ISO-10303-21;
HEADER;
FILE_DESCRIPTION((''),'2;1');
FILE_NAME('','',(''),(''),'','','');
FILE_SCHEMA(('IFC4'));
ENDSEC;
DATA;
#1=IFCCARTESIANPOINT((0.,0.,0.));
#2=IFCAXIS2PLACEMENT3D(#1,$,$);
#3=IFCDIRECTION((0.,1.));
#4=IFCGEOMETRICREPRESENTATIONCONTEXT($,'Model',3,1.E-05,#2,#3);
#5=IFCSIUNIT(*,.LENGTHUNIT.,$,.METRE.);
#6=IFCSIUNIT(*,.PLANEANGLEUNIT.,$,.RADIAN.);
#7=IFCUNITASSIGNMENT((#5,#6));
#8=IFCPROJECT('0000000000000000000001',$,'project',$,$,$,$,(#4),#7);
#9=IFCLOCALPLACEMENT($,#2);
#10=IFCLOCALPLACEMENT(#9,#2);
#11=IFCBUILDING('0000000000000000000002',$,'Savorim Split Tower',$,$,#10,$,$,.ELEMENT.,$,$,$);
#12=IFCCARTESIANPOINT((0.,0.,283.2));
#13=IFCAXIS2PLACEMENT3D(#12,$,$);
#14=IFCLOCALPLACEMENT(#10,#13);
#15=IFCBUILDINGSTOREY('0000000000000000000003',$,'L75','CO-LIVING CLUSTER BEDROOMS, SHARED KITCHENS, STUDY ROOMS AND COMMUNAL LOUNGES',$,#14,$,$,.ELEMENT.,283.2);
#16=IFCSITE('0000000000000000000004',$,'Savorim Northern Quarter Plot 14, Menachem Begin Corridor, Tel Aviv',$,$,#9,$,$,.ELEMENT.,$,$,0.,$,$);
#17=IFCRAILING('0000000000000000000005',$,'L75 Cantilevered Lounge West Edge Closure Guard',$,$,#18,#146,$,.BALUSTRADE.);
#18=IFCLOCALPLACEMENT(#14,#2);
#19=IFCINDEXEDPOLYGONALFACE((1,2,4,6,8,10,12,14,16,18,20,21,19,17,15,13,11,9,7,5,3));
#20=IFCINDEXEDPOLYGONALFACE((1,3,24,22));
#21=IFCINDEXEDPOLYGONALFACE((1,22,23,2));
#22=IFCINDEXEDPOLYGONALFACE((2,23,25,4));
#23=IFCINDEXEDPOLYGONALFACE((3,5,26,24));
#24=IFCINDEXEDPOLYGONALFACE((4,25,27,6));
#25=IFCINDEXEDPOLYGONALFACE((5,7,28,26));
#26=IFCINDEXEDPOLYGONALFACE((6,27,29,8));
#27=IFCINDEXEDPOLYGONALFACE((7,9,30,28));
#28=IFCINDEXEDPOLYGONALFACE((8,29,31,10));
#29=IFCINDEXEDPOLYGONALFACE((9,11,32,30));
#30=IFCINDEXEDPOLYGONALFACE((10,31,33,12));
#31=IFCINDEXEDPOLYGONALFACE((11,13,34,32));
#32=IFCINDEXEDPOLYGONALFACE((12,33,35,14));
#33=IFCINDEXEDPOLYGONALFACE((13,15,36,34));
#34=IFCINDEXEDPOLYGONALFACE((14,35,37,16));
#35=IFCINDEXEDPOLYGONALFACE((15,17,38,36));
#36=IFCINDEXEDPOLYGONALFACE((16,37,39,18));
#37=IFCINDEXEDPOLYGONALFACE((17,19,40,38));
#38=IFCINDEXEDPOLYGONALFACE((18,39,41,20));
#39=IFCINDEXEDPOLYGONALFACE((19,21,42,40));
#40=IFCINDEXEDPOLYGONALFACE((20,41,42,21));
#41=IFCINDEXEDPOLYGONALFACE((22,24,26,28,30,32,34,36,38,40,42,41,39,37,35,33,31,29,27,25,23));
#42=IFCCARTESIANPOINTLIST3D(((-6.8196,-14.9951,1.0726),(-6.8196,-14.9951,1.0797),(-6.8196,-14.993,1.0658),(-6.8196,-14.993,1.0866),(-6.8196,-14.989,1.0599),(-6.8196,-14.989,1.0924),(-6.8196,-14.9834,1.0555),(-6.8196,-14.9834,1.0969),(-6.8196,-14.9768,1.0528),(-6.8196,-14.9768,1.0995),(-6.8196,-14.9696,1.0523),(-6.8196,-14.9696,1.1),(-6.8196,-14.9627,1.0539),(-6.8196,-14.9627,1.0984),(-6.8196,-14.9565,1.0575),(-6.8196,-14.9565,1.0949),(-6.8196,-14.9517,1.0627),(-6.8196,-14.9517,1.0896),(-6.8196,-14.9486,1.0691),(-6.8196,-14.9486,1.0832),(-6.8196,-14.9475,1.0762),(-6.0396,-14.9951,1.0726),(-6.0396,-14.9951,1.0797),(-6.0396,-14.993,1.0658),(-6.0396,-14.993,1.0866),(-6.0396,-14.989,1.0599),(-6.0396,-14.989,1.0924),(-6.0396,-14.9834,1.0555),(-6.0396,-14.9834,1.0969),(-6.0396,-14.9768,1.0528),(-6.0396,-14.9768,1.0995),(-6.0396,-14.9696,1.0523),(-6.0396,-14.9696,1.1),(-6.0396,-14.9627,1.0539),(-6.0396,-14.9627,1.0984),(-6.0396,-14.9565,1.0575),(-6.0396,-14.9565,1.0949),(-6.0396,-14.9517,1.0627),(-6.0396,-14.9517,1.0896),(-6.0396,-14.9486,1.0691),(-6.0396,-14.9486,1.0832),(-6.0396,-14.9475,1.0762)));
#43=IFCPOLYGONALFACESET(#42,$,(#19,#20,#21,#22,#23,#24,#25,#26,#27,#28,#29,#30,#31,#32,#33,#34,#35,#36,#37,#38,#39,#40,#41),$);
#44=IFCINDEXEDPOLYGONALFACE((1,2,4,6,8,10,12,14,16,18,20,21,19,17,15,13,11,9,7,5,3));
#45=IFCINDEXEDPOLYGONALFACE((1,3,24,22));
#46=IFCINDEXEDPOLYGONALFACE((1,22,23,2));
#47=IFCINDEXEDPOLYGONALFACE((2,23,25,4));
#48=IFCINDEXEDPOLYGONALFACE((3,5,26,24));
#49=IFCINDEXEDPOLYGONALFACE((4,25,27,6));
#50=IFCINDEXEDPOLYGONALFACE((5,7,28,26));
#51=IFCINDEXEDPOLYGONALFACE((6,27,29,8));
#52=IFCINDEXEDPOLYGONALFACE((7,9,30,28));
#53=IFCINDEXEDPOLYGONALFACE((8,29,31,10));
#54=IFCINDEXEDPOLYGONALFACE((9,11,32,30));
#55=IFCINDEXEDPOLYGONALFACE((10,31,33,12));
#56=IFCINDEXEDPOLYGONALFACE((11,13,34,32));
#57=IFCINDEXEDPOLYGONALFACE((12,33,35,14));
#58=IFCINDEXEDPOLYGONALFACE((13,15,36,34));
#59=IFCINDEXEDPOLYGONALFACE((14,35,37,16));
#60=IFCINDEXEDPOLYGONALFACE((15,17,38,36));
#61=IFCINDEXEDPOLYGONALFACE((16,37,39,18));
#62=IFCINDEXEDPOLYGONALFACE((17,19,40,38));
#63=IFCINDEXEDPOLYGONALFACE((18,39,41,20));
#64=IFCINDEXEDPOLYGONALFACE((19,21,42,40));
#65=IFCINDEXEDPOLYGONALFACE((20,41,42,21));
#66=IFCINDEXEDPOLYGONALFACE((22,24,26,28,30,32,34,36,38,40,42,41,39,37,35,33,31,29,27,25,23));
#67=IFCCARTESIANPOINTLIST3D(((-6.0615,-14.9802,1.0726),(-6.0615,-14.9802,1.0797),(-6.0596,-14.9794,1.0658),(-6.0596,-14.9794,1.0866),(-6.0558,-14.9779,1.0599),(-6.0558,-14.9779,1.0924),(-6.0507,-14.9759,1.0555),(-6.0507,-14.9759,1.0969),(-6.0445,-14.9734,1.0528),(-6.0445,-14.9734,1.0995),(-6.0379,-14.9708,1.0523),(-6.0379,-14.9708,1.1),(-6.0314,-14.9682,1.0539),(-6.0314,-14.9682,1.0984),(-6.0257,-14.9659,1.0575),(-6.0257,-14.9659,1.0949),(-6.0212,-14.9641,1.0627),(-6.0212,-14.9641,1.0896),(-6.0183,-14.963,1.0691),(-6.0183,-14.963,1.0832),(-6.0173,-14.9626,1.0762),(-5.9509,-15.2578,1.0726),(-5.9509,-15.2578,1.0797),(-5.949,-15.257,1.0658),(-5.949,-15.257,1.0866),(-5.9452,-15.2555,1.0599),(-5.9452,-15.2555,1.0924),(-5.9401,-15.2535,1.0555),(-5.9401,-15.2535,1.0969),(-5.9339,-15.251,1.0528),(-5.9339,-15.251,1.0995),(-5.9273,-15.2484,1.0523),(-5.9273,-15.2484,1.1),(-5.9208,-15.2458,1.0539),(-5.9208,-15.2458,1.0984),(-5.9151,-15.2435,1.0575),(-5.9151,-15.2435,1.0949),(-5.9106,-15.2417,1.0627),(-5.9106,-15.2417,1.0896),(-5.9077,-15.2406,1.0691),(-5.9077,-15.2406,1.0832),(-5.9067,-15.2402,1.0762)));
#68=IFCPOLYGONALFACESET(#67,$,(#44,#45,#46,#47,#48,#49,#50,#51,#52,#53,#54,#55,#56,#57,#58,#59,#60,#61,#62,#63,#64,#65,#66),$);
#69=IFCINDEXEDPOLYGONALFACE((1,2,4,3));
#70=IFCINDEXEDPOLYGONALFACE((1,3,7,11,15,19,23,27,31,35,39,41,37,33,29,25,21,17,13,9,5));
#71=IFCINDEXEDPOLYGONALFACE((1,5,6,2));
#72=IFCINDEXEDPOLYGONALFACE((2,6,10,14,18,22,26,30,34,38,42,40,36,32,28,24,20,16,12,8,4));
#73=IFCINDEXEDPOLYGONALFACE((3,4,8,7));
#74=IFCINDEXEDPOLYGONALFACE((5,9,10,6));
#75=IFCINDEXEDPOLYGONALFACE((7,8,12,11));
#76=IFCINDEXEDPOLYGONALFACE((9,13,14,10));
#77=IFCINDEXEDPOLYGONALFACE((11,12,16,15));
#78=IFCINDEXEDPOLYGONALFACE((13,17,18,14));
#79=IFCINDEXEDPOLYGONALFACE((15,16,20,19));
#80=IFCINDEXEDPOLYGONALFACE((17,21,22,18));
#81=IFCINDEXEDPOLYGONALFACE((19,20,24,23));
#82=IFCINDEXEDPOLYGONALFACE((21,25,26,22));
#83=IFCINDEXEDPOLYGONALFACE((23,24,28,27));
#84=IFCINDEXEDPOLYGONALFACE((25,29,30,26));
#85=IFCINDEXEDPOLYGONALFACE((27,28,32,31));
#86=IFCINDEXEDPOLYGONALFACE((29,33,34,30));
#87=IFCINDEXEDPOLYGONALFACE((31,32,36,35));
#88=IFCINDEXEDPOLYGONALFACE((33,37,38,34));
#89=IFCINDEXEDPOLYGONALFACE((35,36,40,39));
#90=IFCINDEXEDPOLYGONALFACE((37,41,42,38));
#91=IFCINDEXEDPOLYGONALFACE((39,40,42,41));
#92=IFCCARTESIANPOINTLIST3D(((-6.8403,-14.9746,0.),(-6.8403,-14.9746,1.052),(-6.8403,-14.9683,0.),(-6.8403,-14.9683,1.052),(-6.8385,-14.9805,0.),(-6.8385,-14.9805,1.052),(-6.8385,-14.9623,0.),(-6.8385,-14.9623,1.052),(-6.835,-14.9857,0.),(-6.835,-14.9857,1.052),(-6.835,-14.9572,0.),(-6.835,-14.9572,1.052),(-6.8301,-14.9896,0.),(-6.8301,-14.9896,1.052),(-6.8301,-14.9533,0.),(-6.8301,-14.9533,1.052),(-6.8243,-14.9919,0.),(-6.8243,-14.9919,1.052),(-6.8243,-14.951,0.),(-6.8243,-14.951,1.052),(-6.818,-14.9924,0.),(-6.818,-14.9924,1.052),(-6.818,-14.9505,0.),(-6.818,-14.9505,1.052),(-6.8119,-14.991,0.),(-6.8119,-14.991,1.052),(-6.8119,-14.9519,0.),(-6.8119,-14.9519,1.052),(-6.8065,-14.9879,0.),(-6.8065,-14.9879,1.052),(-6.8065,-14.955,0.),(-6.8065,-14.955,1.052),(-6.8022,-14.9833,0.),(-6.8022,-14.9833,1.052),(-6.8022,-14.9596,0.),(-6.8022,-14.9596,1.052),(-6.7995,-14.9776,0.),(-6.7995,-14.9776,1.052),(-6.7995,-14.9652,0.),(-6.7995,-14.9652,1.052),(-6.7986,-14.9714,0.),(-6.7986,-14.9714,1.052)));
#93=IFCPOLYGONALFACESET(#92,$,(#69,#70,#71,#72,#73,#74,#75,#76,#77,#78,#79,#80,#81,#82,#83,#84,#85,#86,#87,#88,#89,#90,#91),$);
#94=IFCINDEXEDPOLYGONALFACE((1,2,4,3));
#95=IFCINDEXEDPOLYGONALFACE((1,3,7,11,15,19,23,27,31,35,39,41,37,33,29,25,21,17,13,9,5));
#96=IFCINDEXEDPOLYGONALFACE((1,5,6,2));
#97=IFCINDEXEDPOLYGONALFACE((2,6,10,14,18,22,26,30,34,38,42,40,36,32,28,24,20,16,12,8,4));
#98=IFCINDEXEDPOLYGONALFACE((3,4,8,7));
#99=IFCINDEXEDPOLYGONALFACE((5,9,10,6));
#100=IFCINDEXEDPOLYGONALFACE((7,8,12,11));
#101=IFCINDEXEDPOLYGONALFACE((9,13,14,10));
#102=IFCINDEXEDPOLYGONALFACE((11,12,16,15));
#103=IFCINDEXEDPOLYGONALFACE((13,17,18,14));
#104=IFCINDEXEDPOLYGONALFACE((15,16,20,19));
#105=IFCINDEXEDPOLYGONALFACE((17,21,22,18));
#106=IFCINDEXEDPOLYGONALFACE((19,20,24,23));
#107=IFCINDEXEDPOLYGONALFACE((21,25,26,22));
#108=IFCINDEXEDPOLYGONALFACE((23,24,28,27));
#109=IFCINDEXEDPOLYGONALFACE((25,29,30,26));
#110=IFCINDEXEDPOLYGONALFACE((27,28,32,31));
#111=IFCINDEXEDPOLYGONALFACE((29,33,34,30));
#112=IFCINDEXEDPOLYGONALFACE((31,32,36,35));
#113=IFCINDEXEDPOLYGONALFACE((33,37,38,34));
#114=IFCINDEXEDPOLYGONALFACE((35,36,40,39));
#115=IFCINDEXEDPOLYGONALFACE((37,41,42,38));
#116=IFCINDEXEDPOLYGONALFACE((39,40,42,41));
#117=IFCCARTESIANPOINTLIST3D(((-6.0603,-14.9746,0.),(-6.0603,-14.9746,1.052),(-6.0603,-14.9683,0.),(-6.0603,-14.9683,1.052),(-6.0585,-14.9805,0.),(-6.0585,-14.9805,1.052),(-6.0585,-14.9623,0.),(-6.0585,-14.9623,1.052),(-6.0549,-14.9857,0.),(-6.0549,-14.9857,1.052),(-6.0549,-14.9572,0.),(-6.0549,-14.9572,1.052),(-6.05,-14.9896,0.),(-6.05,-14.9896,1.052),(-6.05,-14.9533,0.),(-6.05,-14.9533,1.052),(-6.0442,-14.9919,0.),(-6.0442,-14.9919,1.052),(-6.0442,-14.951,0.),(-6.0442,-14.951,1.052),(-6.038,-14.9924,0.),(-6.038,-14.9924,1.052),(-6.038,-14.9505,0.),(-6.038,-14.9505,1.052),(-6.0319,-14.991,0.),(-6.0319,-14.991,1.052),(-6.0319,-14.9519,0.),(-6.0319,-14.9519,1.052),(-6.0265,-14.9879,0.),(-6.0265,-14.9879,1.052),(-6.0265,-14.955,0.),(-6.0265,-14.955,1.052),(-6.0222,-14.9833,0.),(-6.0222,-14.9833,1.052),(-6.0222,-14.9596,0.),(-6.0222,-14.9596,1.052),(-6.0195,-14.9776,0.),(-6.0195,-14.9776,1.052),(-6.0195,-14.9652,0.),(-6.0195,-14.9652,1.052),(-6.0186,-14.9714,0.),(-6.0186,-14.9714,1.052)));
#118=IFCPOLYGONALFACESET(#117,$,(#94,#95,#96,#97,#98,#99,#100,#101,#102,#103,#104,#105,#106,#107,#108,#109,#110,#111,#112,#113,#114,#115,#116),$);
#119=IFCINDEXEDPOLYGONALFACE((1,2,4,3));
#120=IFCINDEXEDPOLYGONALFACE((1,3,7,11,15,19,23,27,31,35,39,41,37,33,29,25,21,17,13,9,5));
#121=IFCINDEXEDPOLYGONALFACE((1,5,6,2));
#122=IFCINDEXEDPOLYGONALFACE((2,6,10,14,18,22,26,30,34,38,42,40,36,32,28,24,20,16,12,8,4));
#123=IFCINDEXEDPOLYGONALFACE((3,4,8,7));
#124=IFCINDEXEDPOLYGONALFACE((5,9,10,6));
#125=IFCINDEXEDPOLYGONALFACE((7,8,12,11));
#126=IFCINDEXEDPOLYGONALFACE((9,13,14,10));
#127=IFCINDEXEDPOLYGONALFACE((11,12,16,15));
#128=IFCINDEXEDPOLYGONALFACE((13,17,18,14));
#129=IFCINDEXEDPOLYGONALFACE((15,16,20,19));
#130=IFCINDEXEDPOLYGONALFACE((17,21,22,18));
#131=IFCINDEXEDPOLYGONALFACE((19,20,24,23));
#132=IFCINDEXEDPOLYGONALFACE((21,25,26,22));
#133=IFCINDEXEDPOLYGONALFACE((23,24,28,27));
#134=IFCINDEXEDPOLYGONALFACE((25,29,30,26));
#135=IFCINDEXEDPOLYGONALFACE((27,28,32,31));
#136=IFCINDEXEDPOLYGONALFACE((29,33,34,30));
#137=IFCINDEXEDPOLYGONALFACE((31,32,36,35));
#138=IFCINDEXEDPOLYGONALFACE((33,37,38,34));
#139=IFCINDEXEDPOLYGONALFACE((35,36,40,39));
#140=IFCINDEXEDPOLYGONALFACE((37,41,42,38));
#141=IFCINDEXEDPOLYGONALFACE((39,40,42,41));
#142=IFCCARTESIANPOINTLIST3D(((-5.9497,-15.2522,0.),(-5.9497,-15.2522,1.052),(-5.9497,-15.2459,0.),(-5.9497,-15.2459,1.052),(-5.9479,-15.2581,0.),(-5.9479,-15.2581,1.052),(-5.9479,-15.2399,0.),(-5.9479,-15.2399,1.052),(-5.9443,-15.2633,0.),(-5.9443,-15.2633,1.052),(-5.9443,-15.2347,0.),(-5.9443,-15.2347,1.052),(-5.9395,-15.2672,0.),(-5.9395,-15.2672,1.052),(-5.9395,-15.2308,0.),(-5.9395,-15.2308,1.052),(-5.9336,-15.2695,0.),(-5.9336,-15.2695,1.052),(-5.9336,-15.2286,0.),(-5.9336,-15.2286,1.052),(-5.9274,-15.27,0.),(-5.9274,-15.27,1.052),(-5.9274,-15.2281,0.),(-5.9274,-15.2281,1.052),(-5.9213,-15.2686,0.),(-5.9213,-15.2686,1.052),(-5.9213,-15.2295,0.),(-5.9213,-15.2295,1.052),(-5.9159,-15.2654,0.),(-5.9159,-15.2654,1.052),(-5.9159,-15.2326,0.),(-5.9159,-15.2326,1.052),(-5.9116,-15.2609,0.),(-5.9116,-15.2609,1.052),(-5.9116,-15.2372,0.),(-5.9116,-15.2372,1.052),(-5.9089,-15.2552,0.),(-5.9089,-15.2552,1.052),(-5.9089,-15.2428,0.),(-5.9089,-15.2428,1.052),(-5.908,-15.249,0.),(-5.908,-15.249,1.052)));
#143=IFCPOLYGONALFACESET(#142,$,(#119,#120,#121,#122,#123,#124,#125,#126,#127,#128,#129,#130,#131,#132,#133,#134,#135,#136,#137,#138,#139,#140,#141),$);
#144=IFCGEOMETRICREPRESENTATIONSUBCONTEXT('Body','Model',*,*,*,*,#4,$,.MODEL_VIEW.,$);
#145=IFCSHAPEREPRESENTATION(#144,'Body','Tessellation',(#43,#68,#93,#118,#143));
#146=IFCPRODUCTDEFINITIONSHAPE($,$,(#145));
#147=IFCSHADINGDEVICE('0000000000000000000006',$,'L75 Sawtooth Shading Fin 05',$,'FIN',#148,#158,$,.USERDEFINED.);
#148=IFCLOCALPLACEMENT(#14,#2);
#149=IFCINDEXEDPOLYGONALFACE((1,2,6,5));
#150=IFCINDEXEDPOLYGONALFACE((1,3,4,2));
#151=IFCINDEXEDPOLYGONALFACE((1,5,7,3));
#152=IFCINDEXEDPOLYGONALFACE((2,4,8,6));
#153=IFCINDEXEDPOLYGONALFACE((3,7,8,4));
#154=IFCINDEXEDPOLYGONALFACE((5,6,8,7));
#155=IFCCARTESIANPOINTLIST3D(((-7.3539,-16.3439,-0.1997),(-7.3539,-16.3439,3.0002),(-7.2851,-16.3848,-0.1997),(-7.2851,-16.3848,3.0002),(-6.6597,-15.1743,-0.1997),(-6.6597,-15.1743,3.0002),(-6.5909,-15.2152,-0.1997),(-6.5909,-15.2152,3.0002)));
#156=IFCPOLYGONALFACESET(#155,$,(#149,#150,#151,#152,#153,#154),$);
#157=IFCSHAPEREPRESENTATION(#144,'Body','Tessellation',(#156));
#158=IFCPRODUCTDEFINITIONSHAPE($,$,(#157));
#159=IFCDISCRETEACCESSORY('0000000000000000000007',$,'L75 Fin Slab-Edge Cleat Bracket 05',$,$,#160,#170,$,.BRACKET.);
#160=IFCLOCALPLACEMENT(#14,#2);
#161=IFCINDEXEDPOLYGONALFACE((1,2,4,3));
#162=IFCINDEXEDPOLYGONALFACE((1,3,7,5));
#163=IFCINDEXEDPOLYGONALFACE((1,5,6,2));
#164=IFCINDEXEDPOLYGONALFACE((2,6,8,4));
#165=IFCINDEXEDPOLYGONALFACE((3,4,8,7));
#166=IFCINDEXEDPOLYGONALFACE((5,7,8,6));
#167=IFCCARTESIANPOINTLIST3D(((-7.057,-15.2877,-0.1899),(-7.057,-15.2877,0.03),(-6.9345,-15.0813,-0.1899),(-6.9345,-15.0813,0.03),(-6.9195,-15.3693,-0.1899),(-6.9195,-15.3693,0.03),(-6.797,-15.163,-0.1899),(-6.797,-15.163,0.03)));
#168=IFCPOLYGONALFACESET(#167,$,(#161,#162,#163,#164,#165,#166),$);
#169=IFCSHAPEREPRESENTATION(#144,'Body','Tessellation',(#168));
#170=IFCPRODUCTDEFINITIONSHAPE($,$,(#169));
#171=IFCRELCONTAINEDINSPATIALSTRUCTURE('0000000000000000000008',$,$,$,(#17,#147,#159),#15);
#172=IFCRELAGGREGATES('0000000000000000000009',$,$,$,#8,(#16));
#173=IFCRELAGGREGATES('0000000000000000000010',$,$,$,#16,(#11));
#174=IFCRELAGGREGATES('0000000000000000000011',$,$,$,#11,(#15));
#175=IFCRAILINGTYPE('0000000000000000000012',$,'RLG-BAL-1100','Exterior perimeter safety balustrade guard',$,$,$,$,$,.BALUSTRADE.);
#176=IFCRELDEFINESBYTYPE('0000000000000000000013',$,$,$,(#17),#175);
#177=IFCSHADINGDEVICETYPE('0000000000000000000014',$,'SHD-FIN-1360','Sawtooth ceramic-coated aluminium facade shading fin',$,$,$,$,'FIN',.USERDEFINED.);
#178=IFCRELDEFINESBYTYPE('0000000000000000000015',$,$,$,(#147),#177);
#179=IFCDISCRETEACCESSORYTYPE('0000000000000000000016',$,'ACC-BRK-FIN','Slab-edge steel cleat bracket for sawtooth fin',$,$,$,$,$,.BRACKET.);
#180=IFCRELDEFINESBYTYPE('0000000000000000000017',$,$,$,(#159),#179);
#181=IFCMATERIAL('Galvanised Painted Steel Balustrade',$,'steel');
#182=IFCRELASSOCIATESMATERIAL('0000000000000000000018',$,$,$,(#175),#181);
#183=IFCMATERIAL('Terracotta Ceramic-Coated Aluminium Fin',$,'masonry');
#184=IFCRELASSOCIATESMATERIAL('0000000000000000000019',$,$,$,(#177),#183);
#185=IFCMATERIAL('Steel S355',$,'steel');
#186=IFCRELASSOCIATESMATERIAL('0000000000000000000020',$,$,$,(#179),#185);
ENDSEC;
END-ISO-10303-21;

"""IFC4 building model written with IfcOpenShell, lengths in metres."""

from ifc_helpers import new_model, si_unit, direction, frame, origin, origin_2d, place, context, subcontext, project, spatial, rectangle, circle, extrude, material, type_object, element, save


model = new_model("IFC4")

# Units and contexts
model_context = context("Model", 3, precision=1e-05, world=origin(), true_north=direction((0.0, 1.0)))
body_context = subcontext(model_context, "Body", "Model", "MODEL_VIEW")
ifc_project = project(units=[si_unit("LENGTHUNIT", "METRE"), si_unit("PLANEANGLEUNIT", "RADIAN")], contexts=[model_context])

# Site, building, storey
site_placement = place(None, origin())
site = spatial("IfcSite", under=ifc_project, at=site_placement, Name="Savorim Northern Quarter Plot 14, Menachem Begin Corridor, Tel Aviv", CompositionType="ELEMENT", RefElevation=0.0)
building_placement = place(site_placement, origin())
building = spatial("IfcBuilding", under=site, at=building_placement, Name="Savorim Split Tower", CompositionType="ELEMENT")
storey_placement = place(building_placement, frame((0.0, 0.0, 283.2)))
storey = spatial("IfcBuildingStorey", under=building, at=storey_placement, Name="L75", Description="CO-LIVING CLUSTER BEDROOMS, SHARED KITCHENS, STUDY ROOMS AND COMMUNAL LOUNGES", CompositionType="ELEMENT", Elevation=283.2)

# Shared definitions
ifc_material_1 = material(Name="Steel S355", Category="steel")

# Railing
ifc_material_2 = material(Name="Galvanised Painted Steel Balustrade", Category="steel")
railing_type = type_object("IfcRailingType", Name="RLG-BAL-1100", Description="Exterior perimeter safety balustrade guard", PredefinedType="BALUSTRADE", material=ifc_material_2)
railing_placement = place(storey_placement, frame((-6.8196, -14.9714, 0.0)))
element("IfcRailing", 1, at=railing_placement, inside=storey, type_object=railing_type, Name="L75 Cantilevered Lounge West Edge Closure Guard", PredefinedType="BALUSTRADE", context=body_context, shape_type="SweptSolid", body=[
    extrude(circle(Radius=0.0239, at=origin_2d()), frame((0.0, 0.0, 1.0762), z_axis=(1.0, 0.0, 0.0), x_axis=(0.0, 1.0, 0.0)), (0.0, 0.0, 1.0), 0.78),
    extrude(circle(Radius=0.0239, at=origin_2d()), frame((0.78, 0.0, 1.0762), z_axis=(0.370122, -0.928983, 0.0), x_axis=(0.928983, 0.370122, 0.0)), (0.0, 0.0, 1.0), 0.2988),
    extrude(circle(Radius=0.021, at=origin_2d()), origin(), (0.0, 0.0, 1.0), 1.052),
    extrude(circle(Radius=0.021, at=origin_2d()), frame((0.78, 0.0, 0.0)), (0.0, 0.0, 1.0), 1.052),
    extrude(circle(Radius=0.021, at=origin_2d()), frame((0.8906, -0.2776, 0.0)), (0.0, 0.0, 1.0), 1.052),
])

# Shading device
ifc_material_3 = material(Name="Terracotta Ceramic-Coated Aluminium Fin", Category="masonry")
shading_device_type = type_object("IfcShadingDeviceType", Name="SHD-FIN-1360", Description="Sawtooth ceramic-coated aluminium facade shading fin", ElementType="FIN", PredefinedType="USERDEFINED", material=ifc_material_3)
shading_device_placement = place(storey_placement, frame((-6.9724, -15.7795, -0.1997), z_axis=(0.0, 0.0, 1.0), x_axis=(-0.510391, -0.859942, 0.0)))
element("IfcShadingDevice", 2, at=shading_device_placement, inside=storey, type_object=shading_device_type, Name="L75 Sawtooth Shading Fin 05", ObjectType="FIN", PredefinedType="USERDEFINED", context=body_context, shape_type="SweptSolid", body=[
    extrude(rectangle(XDim=1.3601, YDim=0.0801, at=origin_2d()), origin(), (0.0, 0.0, 1.0), 3.2),
])

# Discrete accessory
discrete_accessory_type = type_object("IfcDiscreteAccessoryType", Name="ACC-BRK-FIN", Description="Slab-edge steel cleat bracket for sawtooth fin", PredefinedType="BRACKET", material=ifc_material_1)
discrete_accessory_placement = place(storey_placement, frame((-6.927, -15.2253, -0.1899), z_axis=(0.0, 0.0, 1.0), x_axis=(-0.510391, -0.859942, 0.0)))
element("IfcDiscreteAccessory", 3, at=discrete_accessory_placement, inside=storey, type_object=discrete_accessory_type, Name="L75 Fin Slab-Edge Cleat Bracket 05", PredefinedType="BRACKET", context=body_context, shape_type="SweptSolid", body=[
    extrude(rectangle(XDim=0.24, YDim=0.1599, at=origin_2d()), origin(), (0.0, 0.0, 1.0), 0.22),
])

save(model, "model.ifc")
